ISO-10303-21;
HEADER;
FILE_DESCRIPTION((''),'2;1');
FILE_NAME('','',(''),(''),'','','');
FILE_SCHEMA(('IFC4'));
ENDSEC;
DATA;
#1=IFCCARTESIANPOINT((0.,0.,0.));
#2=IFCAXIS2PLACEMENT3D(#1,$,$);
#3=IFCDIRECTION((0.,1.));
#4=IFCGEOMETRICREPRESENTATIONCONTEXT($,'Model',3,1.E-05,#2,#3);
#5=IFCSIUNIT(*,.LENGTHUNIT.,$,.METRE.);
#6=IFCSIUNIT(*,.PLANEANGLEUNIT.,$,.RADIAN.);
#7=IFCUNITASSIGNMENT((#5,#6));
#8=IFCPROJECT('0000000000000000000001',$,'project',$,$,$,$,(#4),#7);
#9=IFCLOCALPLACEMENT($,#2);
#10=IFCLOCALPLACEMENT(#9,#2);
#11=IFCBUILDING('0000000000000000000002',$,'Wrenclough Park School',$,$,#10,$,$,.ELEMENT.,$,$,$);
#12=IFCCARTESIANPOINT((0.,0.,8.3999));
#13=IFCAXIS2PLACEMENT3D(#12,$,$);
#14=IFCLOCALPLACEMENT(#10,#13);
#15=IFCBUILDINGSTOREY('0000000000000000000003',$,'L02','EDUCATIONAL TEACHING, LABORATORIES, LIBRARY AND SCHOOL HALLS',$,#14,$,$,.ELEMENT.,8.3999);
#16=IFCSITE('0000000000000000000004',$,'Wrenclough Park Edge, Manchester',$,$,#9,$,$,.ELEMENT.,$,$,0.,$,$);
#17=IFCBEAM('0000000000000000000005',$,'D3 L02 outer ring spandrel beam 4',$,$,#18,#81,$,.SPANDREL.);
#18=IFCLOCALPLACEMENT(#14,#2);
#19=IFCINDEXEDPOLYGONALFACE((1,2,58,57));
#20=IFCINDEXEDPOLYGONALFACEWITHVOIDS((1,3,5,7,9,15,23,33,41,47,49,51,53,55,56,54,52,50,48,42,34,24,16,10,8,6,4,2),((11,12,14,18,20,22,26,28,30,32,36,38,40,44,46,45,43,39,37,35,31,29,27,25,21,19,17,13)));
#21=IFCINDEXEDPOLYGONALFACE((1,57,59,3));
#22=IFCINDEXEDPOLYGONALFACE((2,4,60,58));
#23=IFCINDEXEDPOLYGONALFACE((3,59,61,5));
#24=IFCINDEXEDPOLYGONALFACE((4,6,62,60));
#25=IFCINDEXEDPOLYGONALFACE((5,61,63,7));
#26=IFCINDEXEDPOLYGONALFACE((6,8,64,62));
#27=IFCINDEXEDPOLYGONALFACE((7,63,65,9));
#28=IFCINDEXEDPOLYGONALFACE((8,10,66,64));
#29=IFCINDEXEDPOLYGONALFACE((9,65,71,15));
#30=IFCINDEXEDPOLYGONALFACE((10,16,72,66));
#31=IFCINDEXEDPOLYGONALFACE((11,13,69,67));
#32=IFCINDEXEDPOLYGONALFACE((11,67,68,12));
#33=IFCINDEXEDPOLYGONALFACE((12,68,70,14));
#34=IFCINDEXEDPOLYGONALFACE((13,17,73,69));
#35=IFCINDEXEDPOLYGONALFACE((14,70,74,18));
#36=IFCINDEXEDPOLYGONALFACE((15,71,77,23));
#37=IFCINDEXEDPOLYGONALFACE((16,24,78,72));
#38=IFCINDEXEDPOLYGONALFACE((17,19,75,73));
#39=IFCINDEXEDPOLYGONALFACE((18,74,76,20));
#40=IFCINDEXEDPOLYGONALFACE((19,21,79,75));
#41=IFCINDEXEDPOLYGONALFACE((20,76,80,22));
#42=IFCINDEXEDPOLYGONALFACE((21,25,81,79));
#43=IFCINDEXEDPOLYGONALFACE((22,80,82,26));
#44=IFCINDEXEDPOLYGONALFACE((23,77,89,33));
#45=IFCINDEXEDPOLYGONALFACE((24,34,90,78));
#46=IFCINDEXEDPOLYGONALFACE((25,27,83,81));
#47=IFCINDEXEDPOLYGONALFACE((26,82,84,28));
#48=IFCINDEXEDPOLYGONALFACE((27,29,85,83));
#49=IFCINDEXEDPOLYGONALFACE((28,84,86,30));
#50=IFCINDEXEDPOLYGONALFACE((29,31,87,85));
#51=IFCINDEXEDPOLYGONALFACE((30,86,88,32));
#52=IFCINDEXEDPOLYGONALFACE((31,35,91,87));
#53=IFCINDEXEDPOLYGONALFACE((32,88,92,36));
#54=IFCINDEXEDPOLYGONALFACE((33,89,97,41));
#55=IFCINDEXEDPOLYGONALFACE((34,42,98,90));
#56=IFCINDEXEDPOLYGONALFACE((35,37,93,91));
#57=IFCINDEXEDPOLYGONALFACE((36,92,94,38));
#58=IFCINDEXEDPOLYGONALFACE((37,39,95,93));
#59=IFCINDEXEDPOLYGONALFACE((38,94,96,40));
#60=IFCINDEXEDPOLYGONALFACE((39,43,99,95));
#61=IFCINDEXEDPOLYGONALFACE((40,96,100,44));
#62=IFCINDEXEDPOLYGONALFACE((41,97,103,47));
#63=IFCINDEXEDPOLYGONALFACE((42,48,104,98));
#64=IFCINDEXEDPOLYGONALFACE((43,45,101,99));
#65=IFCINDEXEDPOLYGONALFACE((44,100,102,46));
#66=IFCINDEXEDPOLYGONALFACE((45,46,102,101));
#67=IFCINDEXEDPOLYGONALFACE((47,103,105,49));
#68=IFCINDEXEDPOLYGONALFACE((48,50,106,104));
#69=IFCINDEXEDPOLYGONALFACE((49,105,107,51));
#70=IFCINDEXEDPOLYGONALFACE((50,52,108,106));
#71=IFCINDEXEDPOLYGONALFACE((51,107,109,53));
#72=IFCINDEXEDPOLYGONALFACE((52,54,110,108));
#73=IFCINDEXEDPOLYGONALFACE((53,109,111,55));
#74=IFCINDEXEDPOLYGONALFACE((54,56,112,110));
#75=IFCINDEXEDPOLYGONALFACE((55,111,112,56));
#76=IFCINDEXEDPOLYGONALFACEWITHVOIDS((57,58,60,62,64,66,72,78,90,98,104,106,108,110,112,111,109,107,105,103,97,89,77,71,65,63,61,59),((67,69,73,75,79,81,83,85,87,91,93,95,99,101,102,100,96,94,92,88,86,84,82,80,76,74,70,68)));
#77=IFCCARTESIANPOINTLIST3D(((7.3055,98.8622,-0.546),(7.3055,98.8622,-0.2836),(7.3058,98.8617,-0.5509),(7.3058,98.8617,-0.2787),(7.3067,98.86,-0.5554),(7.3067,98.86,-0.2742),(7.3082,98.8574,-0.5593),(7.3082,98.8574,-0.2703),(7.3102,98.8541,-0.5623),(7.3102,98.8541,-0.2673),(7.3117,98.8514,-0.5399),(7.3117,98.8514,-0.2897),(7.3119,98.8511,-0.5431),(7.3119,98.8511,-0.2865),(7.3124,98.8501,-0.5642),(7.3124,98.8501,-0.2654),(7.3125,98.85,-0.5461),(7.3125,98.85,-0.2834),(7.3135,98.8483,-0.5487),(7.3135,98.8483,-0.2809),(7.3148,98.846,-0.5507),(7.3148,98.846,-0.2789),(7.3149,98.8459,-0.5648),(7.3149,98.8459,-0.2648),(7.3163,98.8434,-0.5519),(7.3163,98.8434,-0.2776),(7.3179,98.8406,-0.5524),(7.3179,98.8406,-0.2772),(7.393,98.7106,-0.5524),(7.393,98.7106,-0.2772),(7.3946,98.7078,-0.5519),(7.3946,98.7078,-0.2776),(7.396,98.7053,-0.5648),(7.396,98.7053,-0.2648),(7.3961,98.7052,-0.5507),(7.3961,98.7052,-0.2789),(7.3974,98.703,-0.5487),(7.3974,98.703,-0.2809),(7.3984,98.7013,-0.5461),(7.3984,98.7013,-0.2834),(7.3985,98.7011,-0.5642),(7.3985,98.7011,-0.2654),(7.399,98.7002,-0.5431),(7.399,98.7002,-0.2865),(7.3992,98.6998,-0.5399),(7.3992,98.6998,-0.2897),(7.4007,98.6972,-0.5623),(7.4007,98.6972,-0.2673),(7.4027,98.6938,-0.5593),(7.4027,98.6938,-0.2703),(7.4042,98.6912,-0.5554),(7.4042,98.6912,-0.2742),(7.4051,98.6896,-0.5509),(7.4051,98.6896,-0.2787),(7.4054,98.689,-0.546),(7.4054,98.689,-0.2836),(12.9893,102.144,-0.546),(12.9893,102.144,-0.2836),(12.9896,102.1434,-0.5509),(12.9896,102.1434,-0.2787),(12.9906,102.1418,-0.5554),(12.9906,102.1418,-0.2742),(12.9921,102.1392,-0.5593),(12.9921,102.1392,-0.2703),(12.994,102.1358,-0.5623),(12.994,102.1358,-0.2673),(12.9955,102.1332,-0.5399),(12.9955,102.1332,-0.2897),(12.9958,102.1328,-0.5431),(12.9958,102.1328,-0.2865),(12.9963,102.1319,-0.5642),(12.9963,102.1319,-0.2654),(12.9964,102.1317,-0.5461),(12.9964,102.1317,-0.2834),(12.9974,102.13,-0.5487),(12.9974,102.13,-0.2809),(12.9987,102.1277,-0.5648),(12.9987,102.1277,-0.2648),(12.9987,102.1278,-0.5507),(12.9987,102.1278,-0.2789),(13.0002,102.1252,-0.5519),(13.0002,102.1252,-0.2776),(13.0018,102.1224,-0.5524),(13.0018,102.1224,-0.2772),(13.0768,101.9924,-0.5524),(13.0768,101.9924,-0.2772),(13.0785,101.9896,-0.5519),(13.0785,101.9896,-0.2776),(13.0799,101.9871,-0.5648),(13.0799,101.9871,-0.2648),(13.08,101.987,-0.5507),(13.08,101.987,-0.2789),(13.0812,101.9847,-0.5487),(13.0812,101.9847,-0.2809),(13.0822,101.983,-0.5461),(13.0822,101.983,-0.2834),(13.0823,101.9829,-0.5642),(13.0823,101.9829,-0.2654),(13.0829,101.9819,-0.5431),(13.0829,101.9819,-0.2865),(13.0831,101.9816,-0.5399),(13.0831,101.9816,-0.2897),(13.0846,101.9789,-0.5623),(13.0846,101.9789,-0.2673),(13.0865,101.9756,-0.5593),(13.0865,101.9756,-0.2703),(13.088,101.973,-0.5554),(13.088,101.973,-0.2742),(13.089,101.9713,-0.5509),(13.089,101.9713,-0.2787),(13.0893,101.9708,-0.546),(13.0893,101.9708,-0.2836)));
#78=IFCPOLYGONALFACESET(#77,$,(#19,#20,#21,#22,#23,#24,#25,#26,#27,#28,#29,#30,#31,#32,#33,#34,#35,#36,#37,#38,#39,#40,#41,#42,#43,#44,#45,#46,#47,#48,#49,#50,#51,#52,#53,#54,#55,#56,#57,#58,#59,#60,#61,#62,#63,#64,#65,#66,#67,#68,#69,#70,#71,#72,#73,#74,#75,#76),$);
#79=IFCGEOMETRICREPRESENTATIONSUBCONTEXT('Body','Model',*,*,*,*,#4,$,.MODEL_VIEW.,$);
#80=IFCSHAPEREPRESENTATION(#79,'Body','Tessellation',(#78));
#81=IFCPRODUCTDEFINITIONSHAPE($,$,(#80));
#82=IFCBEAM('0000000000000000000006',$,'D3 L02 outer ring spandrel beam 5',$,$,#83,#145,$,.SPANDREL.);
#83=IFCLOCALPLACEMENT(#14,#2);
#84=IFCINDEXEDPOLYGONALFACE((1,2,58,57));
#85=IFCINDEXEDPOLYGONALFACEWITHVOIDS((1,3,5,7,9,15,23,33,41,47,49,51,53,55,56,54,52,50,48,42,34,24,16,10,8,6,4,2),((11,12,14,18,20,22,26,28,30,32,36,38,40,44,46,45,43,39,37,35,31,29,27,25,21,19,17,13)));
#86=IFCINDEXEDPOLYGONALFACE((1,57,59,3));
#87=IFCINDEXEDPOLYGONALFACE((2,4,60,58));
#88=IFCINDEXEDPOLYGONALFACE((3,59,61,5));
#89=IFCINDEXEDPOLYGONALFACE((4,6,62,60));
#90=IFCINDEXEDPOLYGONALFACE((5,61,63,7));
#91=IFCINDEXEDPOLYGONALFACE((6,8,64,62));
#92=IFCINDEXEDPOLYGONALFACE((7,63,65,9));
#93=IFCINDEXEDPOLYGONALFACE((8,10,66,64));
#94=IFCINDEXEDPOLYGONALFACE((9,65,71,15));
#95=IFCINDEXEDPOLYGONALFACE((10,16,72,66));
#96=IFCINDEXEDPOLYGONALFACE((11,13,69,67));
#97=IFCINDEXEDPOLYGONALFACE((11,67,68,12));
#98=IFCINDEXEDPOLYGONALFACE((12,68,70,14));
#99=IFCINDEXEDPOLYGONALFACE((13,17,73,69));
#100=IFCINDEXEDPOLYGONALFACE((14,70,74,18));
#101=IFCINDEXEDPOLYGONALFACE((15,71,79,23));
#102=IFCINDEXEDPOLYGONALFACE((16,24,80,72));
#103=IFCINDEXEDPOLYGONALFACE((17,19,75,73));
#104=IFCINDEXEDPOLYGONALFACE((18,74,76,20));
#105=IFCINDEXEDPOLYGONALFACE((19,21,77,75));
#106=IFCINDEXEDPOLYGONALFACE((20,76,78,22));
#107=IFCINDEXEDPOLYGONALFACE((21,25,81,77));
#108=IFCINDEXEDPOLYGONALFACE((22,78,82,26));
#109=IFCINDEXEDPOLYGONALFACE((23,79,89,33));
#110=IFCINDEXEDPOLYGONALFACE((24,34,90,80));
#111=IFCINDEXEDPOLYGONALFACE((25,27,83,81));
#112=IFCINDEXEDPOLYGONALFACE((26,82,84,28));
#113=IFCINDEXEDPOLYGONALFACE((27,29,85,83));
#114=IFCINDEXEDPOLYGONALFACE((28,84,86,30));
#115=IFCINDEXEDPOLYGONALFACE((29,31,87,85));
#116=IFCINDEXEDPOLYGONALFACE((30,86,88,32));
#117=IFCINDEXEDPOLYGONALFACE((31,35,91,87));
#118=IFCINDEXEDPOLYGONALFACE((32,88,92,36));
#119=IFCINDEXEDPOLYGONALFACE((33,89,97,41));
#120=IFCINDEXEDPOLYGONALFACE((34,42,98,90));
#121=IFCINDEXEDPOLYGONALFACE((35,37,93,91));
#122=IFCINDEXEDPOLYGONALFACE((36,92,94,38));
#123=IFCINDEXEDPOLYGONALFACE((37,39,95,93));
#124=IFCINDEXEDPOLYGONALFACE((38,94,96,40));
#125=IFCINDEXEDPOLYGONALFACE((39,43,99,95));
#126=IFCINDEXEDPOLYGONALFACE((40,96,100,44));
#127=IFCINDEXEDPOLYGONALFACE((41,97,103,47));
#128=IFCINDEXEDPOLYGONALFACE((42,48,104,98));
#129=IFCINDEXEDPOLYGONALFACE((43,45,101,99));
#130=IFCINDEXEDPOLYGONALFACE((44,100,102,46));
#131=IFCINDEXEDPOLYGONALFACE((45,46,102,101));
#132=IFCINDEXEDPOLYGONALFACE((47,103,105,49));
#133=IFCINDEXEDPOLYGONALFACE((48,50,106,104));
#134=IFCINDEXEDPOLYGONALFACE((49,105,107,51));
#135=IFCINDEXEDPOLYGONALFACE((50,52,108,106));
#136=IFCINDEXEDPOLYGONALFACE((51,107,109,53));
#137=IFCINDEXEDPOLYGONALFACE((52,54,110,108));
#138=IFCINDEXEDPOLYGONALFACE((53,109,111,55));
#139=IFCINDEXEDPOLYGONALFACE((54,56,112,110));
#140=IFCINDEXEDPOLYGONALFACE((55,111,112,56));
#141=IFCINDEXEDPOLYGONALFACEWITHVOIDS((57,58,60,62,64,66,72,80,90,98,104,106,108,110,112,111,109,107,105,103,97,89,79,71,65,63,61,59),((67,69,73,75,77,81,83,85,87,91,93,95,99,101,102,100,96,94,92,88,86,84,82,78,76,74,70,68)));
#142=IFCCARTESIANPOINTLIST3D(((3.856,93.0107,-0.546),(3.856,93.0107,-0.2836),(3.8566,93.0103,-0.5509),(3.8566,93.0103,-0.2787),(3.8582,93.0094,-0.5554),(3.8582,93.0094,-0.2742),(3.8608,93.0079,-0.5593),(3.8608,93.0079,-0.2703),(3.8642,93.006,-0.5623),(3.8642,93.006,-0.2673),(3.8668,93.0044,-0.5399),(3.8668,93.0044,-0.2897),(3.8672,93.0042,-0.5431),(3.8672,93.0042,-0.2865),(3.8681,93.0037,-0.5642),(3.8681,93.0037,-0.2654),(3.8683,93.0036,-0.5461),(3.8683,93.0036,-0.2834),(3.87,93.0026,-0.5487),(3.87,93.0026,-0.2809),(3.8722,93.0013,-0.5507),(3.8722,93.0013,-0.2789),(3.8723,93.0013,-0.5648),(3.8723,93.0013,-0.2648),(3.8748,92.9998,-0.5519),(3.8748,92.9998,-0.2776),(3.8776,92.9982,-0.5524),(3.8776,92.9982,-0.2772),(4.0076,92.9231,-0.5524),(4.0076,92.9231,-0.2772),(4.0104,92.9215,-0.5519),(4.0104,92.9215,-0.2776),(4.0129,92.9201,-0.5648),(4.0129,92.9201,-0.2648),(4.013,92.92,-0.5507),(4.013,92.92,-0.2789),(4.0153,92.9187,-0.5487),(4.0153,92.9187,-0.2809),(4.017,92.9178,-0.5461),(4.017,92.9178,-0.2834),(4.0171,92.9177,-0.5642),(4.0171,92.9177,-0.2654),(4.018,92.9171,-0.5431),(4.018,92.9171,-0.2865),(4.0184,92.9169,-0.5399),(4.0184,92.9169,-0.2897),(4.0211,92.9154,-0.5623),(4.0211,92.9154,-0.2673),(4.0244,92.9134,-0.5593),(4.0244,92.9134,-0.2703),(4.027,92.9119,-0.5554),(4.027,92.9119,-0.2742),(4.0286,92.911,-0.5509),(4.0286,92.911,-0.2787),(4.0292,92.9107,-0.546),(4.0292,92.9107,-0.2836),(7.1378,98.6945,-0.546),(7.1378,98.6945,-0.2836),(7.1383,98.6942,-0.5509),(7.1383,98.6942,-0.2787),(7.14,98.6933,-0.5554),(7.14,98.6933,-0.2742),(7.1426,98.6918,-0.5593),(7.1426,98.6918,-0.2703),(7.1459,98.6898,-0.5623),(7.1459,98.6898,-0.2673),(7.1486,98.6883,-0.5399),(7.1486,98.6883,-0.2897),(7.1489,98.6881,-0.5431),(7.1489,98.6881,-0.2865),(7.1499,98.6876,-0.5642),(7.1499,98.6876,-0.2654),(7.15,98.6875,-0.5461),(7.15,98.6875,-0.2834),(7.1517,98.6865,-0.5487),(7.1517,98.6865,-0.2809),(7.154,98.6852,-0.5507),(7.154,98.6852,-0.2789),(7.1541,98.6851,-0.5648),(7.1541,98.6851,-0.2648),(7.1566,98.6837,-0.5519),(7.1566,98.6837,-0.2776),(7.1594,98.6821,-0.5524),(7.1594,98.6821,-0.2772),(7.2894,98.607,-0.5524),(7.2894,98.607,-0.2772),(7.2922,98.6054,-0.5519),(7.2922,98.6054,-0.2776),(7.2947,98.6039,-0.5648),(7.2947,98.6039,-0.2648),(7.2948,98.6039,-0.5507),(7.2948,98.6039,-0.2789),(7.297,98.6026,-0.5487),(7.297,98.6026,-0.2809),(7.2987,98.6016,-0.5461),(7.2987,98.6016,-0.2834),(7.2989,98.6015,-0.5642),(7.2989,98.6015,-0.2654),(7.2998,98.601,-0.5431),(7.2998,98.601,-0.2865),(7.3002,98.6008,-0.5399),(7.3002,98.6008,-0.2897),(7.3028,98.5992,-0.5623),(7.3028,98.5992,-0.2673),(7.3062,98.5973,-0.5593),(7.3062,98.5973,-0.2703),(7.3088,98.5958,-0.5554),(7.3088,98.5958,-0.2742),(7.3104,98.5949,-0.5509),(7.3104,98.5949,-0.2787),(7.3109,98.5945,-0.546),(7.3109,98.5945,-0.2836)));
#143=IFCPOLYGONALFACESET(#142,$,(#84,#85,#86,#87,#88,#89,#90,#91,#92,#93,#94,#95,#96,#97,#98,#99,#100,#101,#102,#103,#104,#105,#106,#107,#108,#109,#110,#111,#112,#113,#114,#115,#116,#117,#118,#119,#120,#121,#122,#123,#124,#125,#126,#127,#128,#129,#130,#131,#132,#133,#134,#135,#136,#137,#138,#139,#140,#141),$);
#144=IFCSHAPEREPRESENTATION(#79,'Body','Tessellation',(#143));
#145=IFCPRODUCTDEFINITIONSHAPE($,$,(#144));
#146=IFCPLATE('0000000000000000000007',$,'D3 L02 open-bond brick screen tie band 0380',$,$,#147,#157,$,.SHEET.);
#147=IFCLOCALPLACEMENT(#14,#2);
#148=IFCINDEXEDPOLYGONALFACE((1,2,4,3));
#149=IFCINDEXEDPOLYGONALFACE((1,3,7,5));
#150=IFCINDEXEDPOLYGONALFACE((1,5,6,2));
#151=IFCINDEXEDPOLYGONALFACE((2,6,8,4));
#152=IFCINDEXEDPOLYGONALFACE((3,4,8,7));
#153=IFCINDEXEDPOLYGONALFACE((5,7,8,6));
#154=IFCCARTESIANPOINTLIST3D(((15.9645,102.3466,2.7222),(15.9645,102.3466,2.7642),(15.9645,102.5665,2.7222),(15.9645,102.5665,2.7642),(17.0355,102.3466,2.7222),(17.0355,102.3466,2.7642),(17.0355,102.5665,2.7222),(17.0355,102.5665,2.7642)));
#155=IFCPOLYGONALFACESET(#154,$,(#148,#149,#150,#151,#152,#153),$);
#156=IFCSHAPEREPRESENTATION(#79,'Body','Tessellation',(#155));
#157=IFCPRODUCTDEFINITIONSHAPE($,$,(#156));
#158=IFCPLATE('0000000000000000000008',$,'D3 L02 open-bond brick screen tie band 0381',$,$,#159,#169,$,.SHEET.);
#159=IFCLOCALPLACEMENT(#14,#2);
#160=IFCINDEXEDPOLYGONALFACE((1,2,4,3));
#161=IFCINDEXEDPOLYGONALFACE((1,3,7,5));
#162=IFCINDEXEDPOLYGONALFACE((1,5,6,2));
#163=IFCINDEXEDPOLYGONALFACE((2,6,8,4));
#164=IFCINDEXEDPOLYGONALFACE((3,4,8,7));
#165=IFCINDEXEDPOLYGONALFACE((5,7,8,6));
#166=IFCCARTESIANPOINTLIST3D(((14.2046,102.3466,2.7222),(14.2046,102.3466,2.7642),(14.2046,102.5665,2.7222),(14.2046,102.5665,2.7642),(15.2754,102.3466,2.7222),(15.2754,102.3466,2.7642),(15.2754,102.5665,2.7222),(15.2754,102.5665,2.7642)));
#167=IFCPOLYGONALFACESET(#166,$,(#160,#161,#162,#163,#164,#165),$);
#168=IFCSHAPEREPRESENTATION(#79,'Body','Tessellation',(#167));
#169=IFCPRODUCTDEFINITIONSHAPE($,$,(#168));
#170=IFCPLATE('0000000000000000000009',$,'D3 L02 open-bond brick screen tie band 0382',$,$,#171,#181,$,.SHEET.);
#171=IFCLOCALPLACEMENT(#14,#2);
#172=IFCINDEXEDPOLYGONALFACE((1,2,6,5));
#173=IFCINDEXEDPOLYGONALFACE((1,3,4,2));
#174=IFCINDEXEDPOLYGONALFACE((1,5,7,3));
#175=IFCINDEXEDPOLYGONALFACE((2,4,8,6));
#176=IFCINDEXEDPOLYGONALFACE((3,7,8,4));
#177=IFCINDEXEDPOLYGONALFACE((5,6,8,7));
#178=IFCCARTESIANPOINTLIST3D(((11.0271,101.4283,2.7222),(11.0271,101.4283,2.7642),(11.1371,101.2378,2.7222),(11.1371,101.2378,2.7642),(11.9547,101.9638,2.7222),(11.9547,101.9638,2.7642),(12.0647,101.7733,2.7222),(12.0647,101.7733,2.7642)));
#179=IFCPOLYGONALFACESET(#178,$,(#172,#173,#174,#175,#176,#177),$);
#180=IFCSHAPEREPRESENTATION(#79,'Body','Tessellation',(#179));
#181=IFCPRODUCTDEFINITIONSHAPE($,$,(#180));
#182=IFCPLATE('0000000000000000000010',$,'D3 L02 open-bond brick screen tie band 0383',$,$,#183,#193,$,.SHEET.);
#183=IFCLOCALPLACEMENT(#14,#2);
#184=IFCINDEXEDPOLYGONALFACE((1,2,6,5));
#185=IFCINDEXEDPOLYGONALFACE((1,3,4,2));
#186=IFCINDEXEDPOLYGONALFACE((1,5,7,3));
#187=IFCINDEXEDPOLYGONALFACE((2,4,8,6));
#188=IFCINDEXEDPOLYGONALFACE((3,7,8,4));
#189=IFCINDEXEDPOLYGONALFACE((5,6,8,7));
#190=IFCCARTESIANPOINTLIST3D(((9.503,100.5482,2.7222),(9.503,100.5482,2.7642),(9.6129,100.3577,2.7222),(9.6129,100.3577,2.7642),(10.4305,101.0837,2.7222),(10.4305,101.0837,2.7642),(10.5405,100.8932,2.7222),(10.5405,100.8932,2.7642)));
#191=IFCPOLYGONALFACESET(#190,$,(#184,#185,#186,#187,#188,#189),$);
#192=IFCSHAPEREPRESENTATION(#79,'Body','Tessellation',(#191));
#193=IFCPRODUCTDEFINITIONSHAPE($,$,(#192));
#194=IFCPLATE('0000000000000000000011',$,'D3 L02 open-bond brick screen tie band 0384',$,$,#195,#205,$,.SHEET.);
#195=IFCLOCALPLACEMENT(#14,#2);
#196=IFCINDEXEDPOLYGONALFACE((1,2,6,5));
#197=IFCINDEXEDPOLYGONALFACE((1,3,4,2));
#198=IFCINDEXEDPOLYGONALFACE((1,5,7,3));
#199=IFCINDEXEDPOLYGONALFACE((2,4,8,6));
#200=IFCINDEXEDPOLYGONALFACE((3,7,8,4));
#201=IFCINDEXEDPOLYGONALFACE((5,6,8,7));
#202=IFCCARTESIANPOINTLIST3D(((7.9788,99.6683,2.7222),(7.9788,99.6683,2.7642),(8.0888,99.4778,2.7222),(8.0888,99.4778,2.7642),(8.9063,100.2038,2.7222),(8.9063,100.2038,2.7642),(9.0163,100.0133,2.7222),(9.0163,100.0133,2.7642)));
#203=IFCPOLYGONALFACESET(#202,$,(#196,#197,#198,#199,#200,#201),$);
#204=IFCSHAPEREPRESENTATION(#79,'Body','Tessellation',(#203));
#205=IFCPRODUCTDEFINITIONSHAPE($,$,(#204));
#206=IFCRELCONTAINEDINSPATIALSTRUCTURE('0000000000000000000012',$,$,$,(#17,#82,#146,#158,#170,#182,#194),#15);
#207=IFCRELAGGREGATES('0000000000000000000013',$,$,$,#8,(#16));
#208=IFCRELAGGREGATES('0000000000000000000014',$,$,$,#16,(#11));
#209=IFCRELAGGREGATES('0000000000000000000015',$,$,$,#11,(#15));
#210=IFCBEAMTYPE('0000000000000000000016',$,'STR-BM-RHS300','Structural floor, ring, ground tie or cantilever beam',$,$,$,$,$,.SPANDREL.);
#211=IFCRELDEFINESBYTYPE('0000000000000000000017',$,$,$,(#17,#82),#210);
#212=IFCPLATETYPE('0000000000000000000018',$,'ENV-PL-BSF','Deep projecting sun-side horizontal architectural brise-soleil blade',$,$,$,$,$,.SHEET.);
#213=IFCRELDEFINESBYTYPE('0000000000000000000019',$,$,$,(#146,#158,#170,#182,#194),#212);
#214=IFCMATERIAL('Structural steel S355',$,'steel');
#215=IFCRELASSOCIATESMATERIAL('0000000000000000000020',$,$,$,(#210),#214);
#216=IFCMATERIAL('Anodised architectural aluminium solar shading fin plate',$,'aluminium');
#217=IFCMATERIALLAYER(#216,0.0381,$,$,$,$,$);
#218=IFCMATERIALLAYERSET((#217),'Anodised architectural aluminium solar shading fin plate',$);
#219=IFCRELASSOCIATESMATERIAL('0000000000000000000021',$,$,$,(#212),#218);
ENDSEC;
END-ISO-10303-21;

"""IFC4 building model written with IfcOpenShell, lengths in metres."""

from ifc_helpers import new_model, si_unit, direction, frame, origin, origin_2d, place, context, subcontext, project, spatial, rectangle, hollow_rectangle, extrude, material, layer, layer_set, material_profile, profile_set, type_object, element, save


model = new_model("IFC4")

# Units and contexts
model_context = context("Model", 3, precision=1e-05, world=origin(), true_north=direction((0.0, 1.0)))
body_context = subcontext(model_context, "Body", "Model", "MODEL_VIEW")
ifc_project = project(units=[si_unit("LENGTHUNIT", "METRE"), si_unit("PLANEANGLEUNIT", "RADIAN")], contexts=[model_context])

# Site, building, storey
site_placement = place(None, origin())
site = spatial("IfcSite", under=ifc_project, at=site_placement, Name="Wrenclough Park Edge, Manchester", CompositionType="ELEMENT", RefElevation=0.0)
building_placement = place(site_placement, origin())
building = spatial("IfcBuilding", under=site, at=building_placement, Name="Wrenclough Park School", CompositionType="ELEMENT")
storey_placement = place(building_placement, frame((0.0, 0.0, 8.3999)))
storey = spatial("IfcBuildingStorey", under=building, at=storey_placement, Name="L02", Description="EDUCATIONAL TEACHING, LABORATORIES, LIBRARY AND SCHOOL HALLS", CompositionType="ELEMENT", Elevation=8.3999)

# Shared definitions
ifc_material_1 = material(Name="Structural steel S355", Category="steel")

# Beams
ifc_material_profile_1 = material_profile(ifc_material_1, hollow_rectangle(XDim=0.2, YDim=0.3, WallThickness=0.0125, InnerFilletRadius=0.0125, OuterFilletRadius=0.0188, at=origin_2d()), Name="RHS 300x200x12.5")
ifc_profile_set_1 = profile_set([ifc_material_profile_1], Name="Structural steel S355")
beam_type = type_object("IfcBeamType", Name="STR-BM-RHS300", Description="Structural floor, ring, ground tie or cantilever beam", PredefinedType="SPANDREL", material=ifc_profile_set_1)
for number, where, z_axis, x_axis, name in (
    (1, (13.0393, 102.0574, -0.4148), (-0.866014, -0.50002, 0.0), (0.50002, -0.866014, 0.0), "D3 L02 outer ring spandrel beam 4"),
    (2, (7.2244, 98.6445, -0.4148), (-0.50002, -0.866014, 0.0), (0.866014, -0.50002, 0.0), "D3 L02 outer ring spandrel beam 5"),
):
    element("IfcBeam", number, at=place(storey_placement, frame(where, z_axis=z_axis, x_axis=x_axis)), inside=storey, type_object=beam_type, Name=name, PredefinedType="SPANDREL", context=body_context, shape_type="SweptSolid", body=[
        extrude(hollow_rectangle(XDim=0.2, YDim=0.3, WallThickness=0.0125, InnerFilletRadius=0.0125, OuterFilletRadius=0.0188, at=origin_2d()), origin(), (0.0, 0.0, 1.0), 6.5632),
    ])

# Plates
ifc_material_2 = material(Name="Anodised architectural aluminium solar shading fin plate", Category="aluminium")
ifc_layer_1 = layer(ifc_material_2, 0.0381)
ifc_layer_set_1 = layer_set([ifc_layer_1], Name="Anodised architectural aluminium solar shading fin plate")
plate_type = type_object("IfcPlateType", Name="ENV-PL-BSF", Description="Deep projecting sun-side horizontal architectural brise-soleil blade", PredefinedType="SHEET", material=ifc_layer_set_1)
plate_1_placement = place(storey_placement, frame((16.5, 102.4565, 2.7222), z_axis=(0.0, 0.0, 1.0), x_axis=(-1.0, 0.0, 0.0)))
element("IfcPlate", 3, at=plate_1_placement, inside=storey, type_object=plate_type, Name="D3 L02 open-bond brick screen tie band 0380", PredefinedType="SHEET", context=body_context, shape_type="SweptSolid", body=[
    extrude(rectangle(XDim=1.071, YDim=0.22, at=origin_2d()), origin(), (0.0, 0.0, 1.0), 0.042),
])
plate_2_placement = place(storey_placement, frame((14.74, 102.4565, 2.7222), z_axis=(0.0, 0.0, 1.0), x_axis=(-1.0, 0.0, 0.0)))
element("IfcPlate", 4, at=plate_2_placement, inside=storey, type_object=plate_type, Name="D3 L02 open-bond brick screen tie band 0381", PredefinedType="SHEET", context=body_context, shape_type="SweptSolid", body=[
    extrude(rectangle(XDim=1.0708, YDim=0.22, at=origin_2d()), origin(), (0.0, 0.0, 1.0), 0.042),
])
for number, where, z_axis, x_axis, name in (
    (5, (11.5459, 101.6008, 2.7222), (0.0, 0.0, 1.0), (-0.866031, -0.499991, 0.0), "D3 L02 open-bond brick screen tie band 0382"),
    (6, (10.0217, 100.7207, 2.7222), (0.0, 0.0, 1.0), (-0.866031, -0.499991, 0.0), "D3 L02 open-bond brick screen tie band 0383"),
    (7, (8.4976, 99.8408, 2.7222), (0.0, 0.0, 1.0), (-0.866031, -0.499991, 0.0), "D3 L02 open-bond brick screen tie band 0384"),
):
    element("IfcPlate", number, at=place(storey_placement, frame(where, z_axis=z_axis, x_axis=x_axis)), inside=storey, type_object=plate_type, Name=name, PredefinedType="SHEET", context=body_context, shape_type="SweptSolid", body=[
        extrude(rectangle(XDim=1.071, YDim=0.22, at=origin_2d()), origin(), (0.0, 0.0, 1.0), 0.042),
    ])

save(model, "model.ifc")
